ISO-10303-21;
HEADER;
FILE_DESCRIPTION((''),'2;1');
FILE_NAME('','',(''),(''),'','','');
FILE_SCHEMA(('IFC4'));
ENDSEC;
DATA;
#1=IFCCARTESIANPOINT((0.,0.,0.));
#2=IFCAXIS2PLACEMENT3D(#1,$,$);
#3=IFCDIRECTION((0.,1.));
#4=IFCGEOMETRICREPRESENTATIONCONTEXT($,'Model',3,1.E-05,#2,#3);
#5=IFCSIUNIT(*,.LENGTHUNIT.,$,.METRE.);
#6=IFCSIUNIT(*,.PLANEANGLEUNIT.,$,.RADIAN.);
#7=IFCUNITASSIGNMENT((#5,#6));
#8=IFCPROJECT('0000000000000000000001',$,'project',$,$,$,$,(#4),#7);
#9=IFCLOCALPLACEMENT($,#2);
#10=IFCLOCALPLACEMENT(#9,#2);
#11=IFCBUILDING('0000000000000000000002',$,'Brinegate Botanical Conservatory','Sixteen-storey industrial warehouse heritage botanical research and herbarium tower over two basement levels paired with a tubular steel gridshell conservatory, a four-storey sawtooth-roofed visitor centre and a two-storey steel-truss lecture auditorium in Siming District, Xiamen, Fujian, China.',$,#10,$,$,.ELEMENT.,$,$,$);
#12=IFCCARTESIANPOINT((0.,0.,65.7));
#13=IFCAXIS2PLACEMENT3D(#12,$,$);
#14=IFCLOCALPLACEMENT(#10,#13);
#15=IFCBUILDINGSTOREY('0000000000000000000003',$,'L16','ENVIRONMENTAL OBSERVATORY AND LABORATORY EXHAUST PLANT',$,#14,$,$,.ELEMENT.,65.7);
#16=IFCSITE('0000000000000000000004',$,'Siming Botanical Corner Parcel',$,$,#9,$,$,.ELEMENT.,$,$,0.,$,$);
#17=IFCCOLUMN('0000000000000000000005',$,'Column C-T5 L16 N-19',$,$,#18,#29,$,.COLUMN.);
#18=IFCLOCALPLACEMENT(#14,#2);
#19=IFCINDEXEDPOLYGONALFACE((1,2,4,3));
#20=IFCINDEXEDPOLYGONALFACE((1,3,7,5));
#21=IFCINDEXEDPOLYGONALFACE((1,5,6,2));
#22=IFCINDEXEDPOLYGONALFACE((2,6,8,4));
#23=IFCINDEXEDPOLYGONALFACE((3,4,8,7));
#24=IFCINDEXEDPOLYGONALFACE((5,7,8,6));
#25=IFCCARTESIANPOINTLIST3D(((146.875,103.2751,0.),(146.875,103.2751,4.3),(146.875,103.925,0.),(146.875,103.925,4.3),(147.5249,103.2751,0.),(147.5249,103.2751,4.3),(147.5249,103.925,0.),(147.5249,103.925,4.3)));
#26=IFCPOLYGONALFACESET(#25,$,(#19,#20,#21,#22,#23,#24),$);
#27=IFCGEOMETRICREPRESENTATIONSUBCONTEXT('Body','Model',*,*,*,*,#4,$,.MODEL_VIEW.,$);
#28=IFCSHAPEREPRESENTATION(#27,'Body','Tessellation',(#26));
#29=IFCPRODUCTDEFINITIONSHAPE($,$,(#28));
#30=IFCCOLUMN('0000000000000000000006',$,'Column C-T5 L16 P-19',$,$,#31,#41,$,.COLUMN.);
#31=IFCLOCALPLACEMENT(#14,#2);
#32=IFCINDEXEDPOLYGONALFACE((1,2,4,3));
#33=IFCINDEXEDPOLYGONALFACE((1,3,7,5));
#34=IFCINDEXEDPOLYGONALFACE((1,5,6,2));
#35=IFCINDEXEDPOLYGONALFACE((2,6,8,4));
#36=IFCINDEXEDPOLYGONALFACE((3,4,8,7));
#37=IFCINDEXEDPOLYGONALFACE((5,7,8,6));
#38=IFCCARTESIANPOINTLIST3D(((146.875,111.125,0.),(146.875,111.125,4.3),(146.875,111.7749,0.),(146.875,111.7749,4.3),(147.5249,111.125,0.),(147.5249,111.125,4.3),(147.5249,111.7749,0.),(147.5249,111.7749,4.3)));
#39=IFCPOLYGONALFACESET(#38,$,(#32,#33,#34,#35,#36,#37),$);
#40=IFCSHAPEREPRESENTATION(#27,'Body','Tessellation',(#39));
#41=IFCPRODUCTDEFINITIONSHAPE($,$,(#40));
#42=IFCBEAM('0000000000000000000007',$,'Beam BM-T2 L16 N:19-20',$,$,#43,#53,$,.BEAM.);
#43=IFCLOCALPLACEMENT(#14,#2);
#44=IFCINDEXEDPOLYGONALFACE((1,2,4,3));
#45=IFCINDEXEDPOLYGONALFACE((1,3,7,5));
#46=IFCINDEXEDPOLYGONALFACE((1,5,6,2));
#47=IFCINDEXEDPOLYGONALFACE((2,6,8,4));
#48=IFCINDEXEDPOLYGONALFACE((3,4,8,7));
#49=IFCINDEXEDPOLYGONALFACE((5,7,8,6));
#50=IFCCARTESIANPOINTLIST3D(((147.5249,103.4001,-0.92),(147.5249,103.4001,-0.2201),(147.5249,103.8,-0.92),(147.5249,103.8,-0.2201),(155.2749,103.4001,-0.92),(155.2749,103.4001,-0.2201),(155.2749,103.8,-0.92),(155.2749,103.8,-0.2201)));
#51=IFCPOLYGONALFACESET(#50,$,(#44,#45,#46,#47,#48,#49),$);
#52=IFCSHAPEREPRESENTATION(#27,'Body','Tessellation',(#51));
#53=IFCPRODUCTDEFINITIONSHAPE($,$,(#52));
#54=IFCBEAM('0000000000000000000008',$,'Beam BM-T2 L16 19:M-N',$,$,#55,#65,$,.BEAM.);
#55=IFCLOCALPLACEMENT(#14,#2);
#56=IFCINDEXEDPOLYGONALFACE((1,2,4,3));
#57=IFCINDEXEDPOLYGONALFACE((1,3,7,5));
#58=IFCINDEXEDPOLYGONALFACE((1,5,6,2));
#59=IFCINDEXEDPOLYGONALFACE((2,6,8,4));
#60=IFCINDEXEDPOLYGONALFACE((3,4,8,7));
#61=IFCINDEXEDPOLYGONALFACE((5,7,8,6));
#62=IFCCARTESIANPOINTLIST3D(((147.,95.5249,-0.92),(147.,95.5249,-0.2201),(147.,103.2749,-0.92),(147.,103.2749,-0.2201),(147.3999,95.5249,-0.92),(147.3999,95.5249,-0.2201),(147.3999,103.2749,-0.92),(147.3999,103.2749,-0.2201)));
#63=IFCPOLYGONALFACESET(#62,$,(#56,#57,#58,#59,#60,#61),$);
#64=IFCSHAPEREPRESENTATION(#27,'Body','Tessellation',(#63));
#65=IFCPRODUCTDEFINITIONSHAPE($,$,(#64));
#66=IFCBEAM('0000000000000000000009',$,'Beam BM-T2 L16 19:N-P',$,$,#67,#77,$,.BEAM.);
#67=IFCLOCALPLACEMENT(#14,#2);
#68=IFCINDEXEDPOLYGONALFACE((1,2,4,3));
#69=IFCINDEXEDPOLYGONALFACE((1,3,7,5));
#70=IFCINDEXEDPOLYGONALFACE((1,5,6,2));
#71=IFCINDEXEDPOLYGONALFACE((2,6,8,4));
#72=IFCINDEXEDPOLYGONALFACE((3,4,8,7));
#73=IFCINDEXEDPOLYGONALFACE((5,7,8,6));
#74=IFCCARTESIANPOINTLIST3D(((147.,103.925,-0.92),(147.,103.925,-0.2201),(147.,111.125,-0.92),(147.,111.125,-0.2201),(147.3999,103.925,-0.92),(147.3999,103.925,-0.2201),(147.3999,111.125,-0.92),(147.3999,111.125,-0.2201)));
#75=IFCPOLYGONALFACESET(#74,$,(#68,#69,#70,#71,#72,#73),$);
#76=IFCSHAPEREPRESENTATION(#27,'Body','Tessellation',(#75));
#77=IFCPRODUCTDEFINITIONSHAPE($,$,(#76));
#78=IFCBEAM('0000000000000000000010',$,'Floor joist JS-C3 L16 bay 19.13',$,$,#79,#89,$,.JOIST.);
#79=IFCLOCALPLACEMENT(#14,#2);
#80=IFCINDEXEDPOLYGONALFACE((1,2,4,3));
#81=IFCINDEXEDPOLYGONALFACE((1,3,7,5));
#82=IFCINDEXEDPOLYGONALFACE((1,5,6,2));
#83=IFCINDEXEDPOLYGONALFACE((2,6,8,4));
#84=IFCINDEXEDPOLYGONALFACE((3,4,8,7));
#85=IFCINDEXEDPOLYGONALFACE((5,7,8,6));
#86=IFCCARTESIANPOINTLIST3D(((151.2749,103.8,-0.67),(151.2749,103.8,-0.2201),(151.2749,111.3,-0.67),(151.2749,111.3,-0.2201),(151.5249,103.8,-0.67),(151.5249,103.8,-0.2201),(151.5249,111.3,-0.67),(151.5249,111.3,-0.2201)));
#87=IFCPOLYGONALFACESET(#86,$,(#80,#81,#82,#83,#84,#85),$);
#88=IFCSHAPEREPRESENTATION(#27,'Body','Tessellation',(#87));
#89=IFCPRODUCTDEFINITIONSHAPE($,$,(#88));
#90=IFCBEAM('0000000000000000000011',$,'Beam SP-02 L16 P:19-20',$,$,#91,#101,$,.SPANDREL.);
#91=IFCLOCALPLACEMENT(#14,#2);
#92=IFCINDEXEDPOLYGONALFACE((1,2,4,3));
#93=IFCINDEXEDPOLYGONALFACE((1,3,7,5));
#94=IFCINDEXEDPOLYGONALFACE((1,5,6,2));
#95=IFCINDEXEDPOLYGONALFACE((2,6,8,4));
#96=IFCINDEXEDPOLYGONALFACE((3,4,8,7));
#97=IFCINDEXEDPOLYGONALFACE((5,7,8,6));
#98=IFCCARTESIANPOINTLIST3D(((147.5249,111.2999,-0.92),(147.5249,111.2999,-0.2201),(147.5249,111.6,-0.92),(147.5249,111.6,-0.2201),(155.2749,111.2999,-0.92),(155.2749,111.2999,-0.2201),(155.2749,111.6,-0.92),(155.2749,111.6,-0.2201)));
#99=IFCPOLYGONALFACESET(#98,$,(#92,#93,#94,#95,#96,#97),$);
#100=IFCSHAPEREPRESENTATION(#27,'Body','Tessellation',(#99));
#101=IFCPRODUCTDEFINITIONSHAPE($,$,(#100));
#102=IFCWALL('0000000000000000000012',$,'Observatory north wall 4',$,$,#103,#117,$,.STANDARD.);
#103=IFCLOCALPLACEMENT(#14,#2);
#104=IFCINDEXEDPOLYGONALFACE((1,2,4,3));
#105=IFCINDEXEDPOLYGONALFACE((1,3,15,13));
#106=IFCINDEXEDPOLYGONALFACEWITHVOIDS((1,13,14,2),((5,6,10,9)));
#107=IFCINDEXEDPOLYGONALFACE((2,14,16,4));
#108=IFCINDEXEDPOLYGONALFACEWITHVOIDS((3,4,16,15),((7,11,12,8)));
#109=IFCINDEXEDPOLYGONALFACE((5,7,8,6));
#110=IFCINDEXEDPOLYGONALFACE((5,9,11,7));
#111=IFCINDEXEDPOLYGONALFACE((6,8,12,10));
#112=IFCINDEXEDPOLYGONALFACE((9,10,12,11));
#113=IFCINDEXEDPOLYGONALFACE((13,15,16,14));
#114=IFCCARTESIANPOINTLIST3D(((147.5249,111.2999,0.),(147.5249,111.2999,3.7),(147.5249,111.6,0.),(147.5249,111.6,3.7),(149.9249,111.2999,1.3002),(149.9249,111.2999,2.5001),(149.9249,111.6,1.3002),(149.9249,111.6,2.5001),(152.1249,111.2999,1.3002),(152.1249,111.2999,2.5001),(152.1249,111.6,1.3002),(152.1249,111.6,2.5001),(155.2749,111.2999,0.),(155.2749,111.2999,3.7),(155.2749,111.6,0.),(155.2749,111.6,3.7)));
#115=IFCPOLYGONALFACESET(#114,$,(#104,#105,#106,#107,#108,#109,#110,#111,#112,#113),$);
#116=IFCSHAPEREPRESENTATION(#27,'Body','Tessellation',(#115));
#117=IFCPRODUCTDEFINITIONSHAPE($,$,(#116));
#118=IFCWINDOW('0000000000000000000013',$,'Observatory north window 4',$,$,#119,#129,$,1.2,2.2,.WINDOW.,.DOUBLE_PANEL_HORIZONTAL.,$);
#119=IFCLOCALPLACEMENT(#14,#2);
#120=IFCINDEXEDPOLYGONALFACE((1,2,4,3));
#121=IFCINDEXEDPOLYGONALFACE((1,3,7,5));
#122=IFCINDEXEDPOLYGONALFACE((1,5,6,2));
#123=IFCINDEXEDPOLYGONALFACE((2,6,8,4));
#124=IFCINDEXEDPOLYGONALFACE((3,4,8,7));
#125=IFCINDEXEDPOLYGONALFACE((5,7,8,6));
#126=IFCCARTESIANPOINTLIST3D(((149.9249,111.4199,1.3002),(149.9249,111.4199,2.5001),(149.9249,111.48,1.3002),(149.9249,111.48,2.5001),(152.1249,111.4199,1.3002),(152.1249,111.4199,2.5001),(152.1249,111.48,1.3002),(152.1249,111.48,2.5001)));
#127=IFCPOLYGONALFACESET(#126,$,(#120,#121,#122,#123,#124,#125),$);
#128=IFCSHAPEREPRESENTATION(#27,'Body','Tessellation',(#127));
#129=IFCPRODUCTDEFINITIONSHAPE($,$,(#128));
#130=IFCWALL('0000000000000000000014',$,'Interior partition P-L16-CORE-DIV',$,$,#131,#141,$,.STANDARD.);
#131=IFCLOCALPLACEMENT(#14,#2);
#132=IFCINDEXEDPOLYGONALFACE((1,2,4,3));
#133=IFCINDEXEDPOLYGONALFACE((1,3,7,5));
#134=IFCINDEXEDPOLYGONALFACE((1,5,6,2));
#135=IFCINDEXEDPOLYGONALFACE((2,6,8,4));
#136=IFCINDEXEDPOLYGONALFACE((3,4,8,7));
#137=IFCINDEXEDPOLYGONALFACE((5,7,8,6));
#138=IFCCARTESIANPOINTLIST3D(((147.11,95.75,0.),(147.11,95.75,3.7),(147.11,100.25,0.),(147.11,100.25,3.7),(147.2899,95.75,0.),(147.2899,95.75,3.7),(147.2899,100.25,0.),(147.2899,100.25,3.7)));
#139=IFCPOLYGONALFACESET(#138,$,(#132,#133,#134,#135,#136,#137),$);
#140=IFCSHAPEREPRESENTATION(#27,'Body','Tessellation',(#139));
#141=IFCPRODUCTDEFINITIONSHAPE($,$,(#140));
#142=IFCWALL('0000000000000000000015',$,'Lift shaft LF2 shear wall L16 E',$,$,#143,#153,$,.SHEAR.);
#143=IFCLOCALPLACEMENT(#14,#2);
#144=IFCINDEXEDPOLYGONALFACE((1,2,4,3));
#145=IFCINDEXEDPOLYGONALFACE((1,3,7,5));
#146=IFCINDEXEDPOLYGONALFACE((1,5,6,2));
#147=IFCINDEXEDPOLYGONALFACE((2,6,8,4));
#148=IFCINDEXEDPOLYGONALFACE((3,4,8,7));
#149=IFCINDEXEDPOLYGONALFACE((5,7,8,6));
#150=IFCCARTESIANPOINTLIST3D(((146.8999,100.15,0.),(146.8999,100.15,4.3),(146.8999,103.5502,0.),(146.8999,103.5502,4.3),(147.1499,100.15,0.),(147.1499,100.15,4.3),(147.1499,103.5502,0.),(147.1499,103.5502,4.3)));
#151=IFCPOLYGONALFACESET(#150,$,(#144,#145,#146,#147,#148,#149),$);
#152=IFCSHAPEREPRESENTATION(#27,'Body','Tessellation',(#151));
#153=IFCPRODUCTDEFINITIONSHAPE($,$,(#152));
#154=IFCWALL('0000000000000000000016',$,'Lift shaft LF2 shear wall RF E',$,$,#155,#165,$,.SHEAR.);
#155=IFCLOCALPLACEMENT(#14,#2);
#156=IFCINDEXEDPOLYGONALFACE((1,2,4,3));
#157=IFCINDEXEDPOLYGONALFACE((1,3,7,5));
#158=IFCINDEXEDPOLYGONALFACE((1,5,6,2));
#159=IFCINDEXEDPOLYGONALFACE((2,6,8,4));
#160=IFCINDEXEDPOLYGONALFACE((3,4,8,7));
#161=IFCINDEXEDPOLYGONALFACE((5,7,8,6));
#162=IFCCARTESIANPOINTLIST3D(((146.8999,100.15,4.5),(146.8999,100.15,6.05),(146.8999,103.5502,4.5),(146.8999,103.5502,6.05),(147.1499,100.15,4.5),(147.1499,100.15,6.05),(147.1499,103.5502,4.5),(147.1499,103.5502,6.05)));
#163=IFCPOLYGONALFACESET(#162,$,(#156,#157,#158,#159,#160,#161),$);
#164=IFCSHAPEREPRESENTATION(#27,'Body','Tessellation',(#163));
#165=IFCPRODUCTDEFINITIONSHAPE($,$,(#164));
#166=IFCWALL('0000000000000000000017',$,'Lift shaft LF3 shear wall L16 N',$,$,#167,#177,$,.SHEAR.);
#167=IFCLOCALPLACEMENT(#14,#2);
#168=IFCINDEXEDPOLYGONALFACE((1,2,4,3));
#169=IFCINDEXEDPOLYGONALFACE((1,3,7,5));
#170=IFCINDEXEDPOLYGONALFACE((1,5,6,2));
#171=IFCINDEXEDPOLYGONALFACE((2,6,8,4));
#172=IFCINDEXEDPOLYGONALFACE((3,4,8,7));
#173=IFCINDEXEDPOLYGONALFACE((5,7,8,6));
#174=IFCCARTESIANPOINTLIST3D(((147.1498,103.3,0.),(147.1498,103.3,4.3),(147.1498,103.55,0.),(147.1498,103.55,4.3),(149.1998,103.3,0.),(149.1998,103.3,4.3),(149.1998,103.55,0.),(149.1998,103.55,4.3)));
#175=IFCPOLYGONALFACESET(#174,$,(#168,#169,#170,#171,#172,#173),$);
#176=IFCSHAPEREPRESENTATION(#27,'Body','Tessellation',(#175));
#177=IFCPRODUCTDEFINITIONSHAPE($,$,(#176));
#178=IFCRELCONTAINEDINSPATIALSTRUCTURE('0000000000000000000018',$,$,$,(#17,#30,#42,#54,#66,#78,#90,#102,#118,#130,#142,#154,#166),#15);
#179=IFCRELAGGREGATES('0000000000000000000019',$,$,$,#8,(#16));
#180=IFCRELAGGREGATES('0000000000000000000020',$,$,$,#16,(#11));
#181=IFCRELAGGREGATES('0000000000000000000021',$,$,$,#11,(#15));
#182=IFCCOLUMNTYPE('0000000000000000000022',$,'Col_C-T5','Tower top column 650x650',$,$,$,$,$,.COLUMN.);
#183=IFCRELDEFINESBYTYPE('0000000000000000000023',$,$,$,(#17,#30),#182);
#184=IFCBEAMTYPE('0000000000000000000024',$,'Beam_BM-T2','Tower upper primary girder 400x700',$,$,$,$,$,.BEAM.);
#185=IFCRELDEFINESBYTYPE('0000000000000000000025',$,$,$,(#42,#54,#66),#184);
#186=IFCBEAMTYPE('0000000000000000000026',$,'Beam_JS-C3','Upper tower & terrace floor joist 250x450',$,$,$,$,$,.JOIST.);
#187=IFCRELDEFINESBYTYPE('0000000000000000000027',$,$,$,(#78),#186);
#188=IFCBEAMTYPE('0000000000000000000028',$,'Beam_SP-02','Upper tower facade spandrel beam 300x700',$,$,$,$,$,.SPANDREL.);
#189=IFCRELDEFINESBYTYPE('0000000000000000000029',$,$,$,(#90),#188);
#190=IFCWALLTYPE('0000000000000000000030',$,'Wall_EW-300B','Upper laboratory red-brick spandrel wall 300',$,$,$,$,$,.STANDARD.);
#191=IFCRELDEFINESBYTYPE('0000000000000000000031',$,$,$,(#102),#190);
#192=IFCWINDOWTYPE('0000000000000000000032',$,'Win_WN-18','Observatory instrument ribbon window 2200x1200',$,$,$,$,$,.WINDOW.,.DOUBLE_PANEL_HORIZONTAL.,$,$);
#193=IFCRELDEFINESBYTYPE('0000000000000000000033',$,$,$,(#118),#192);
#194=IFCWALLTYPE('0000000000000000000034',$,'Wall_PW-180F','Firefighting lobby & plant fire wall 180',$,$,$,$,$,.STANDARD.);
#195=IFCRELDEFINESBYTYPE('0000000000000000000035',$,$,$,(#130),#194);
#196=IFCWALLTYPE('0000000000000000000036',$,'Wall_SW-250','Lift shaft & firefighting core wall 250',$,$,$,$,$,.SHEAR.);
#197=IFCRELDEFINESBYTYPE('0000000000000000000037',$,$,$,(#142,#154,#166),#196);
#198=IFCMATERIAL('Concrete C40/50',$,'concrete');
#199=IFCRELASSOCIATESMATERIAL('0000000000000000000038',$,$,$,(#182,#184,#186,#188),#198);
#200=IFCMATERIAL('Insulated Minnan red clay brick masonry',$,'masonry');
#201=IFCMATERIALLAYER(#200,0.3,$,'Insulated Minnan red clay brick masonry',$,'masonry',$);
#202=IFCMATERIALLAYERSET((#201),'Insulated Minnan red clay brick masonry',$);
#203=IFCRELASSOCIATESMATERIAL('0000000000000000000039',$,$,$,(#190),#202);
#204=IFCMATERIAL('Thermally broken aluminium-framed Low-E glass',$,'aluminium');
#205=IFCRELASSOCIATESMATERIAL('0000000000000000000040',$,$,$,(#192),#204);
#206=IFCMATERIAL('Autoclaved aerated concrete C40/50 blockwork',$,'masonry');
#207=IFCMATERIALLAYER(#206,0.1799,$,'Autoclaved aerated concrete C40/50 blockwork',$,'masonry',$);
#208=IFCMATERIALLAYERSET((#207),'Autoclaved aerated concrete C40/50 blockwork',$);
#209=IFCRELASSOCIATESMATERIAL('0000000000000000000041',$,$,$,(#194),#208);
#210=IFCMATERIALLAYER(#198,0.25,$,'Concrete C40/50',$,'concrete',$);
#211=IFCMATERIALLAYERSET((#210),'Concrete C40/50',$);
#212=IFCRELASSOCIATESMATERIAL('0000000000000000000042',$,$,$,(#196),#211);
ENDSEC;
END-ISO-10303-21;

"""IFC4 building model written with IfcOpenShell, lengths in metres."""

from ifc_helpers import new_model, si_unit, direction, frame, frame_2d, origin, origin_2d, place, context, subcontext, project, spatial, rectangle, extrude, material, layer, layer_set, material_profile, profile_set, type_object, element, fill, save


model = new_model("IFC4")

# Units and contexts
model_context = context("Model", 3, precision=1e-05, world=origin(), true_north=direction((0.0, 1.0)))
body_context = subcontext(model_context, "Body", "Model", "MODEL_VIEW")
ifc_project = project(units=[si_unit("LENGTHUNIT", "METRE"), si_unit("PLANEANGLEUNIT", "RADIAN")], contexts=[model_context])

# Site, building, storey
site_placement = place(None, origin())
site = spatial("IfcSite", under=ifc_project, at=site_placement, Name="Siming Botanical Corner Parcel", CompositionType="ELEMENT", RefElevation=0.0)
building_placement = place(site_placement, origin())
building = spatial("IfcBuilding", under=site, at=building_placement, Name="Brinegate Botanical Conservatory", Description="Sixteen-storey industrial warehouse heritage botanical research and herbarium tower over two basement levels paired with a tubular steel gridshell conservatory, a four-storey sawtooth-roofed visitor centre and a two-storey steel-truss lecture auditorium in Siming District, Xiamen, Fujian, China.", CompositionType="ELEMENT")
storey_placement = place(building_placement, frame((0.0, 0.0, 65.7)))
storey = spatial("IfcBuildingStorey", under=building, at=storey_placement, Name="L16", Description="ENVIRONMENTAL OBSERVATORY AND LABORATORY EXHAUST PLANT", CompositionType="ELEMENT", Elevation=65.7)

# Columns
ifc_material_1 = material(Name="Concrete C40/50", Category="concrete")
ifc_material_profile_1 = material_profile(ifc_material_1, rectangle(XDim=0.6499, YDim=0.6499, at=origin_2d()), Name="RC COL 650x650")
ifc_profile_set_1 = profile_set([ifc_material_profile_1], Name="Concrete C40/50")
column_type = type_object("IfcColumnType", Name="Col_C-T5", Description="Tower top column 650x650", PredefinedType="COLUMN", material=ifc_profile_set_1)
for number, where, z_axis, x_axis, name in (
    (1, (147.2, 103.6001, 0.0), (0.0, 0.0, 1.0), (1.0, 0.0, 0.0), "Column C-T5 L16 N-19"),
    (2, (147.2, 111.45, 0.0), (0.0, 0.0, 1.0), (1.0, 0.0, 0.0), "Column C-T5 L16 P-19"),
):
    element("IfcColumn", number, at=place(storey_placement, frame(where, z_axis=z_axis, x_axis=x_axis)), inside=storey, type_object=column_type, Name=name, PredefinedType="COLUMN", context=body_context, shape_type="SweptSolid", body=[
        extrude(rectangle(XDim=0.6499, YDim=0.6499, at=origin_2d()), origin(), (0.0, 0.0, 1.0), 4.3),
    ])

# Beams
ifc_material_profile_2 = material_profile(ifc_material_1, rectangle(XDim=0.3999, YDim=0.7, at=origin_2d()), Name="RC BM 400x700")
ifc_profile_set_2 = profile_set([ifc_material_profile_2], Name="Concrete C40/50")
beam_type_1 = type_object("IfcBeamType", Name="Beam_BM-T2", Description="Tower upper primary girder 400x700", PredefinedType="BEAM", material=ifc_profile_set_2)
for number, where, z_axis, x_axis, name in (
    (3, (147.5249, 103.6001, -0.5701), (1.0, 0.0, 0.0), (0.0, 1.0, 0.0), "Beam BM-T2 L16 N:19-20"),
    (4, (147.2, 95.5249, -0.5701), (0.0, 1.0, 0.0), (-1.0, 0.0, 0.0), "Beam BM-T2 L16 19:M-N"),
):
    element("IfcBeam", number, at=place(storey_placement, frame(where, z_axis=z_axis, x_axis=x_axis)), inside=storey, type_object=beam_type_1, Name=name, PredefinedType="BEAM", context=body_context, shape_type="SweptSolid", body=[
        extrude(rectangle(XDim=0.3999, YDim=0.7, at=origin_2d()), origin(), (0.0, 0.0, 1.0), 7.75),
    ])
beam_1_placement = place(storey_placement, frame((147.2, 103.925, -0.5701), z_axis=(0.0, 1.0, 0.0), x_axis=(-1.0, 0.0, 0.0)))
element("IfcBeam", 5, at=beam_1_placement, inside=storey, type_object=beam_type_1, Name="Beam BM-T2 L16 19:N-P", PredefinedType="BEAM", context=body_context, shape_type="SweptSolid", body=[
    extrude(rectangle(XDim=0.3999, YDim=0.7, at=origin_2d()), origin(), (0.0, 0.0, 1.0), 7.2),
])
ifc_material_profile_3 = material_profile(ifc_material_1, rectangle(XDim=0.25, YDim=0.45, at=origin_2d()), Name="RC JST 250x450")
ifc_profile_set_3 = profile_set([ifc_material_profile_3], Name="Concrete C40/50")
beam_type_2 = type_object("IfcBeamType", Name="Beam_JS-C3", Description="Upper tower & terrace floor joist 250x450", PredefinedType="JOIST", material=ifc_profile_set_3)
beam_2_placement = place(storey_placement, frame((151.3999, 103.8, -0.4451), z_axis=(0.0, 1.0, 0.0), x_axis=(-1.0, 0.0, 0.0)))
element("IfcBeam", 6, at=beam_2_placement, inside=storey, type_object=beam_type_2, Name="Floor joist JS-C3 L16 bay 19.13", PredefinedType="JOIST", context=body_context, shape_type="SweptSolid", body=[
    extrude(rectangle(XDim=0.25, YDim=0.45, at=origin_2d()), origin(), (0.0, 0.0, 1.0), 7.5),
])
ifc_material_profile_4 = material_profile(ifc_material_1, rectangle(XDim=0.3, YDim=0.7, at=origin_2d()), Name="RC SPN 300x700")
ifc_profile_set_4 = profile_set([ifc_material_profile_4], Name="Concrete C40/50")
beam_type_3 = type_object("IfcBeamType", Name="Beam_SP-02", Description="Upper tower facade spandrel beam 300x700", PredefinedType="SPANDREL", material=ifc_profile_set_4)
beam_3_placement = place(storey_placement, frame((147.5249, 111.45, -0.5701), z_axis=(1.0, 0.0, 0.0), x_axis=(0.0, 1.0, 0.0)))
element("IfcBeam", 7, at=beam_3_placement, inside=storey, type_object=beam_type_3, Name="Beam SP-02 L16 P:19-20", PredefinedType="SPANDREL", context=body_context, shape_type="SweptSolid", body=[
    extrude(rectangle(XDim=0.3, YDim=0.7, at=origin_2d()), origin(), (0.0, 0.0, 1.0), 7.75),
])

# Wall, opening, window
ifc_material_2 = material(Name="Insulated Minnan red clay brick masonry", Category="masonry")
ifc_layer_1 = layer(ifc_material_2, 0.3, Name="Insulated Minnan red clay brick masonry", Category="masonry")
ifc_layer_set_1 = layer_set([ifc_layer_1], Name="Insulated Minnan red clay brick masonry")
wall_type_1 = type_object("IfcWallType", Name="Wall_EW-300B", Description="Upper laboratory red-brick spandrel wall 300", PredefinedType="STANDARD", material=ifc_layer_set_1)
wall_1_placement = place(storey_placement, frame((147.5249, 111.45, 0.0), z_axis=(0.0, 0.0, 1.0), x_axis=(1.0, 0.0, 0.0)))
wall_1 = element("IfcWall", 8, at=wall_1_placement, inside=storey, type_object=wall_type_1, Name="Observatory north wall 4", PredefinedType="STANDARD", context=body_context, shape_type="SweptSolid", body=[
    extrude(rectangle(XDim=7.75, YDim=0.3, at=frame_2d((3.875, 0.0))), origin(), (0.0, 0.0, 1.0), 3.7),
])
opening_1_placement = place(wall_1_placement, frame((2.3999, 0.0, 1.3)))
opening_1 = element("IfcOpeningElement", 9, at=opening_1_placement, cuts=wall_1, PredefinedType="OPENING", context=body_context, shape_type="SweptSolid", body=[
    extrude(rectangle(XDim=2.2, YDim=1.2, at=frame_2d((1.1001, 0.6001))), frame((0.0, 0.1599, 0.0), z_axis=(0.0, -1.0, 0.0), x_axis=(1.0, 0.0, 0.0)), (0.0, 0.0, 1.0), 0.3201),
])
ifc_material_3 = material(Name="Thermally broken aluminium-framed Low-E glass", Category="aluminium")
window_type = type_object("IfcWindowType", Name="Win_WN-18", Description="Observatory instrument ribbon window 2200x1200", PartitioningType="DOUBLE_PANEL_HORIZONTAL", PredefinedType="WINDOW", material=ifc_material_3)
window_placement = place(opening_1_placement, origin())
window = element("IfcWindow", 10, at=window_placement, inside=storey, type_object=window_type, Name="Observatory north window 4", OverallHeight=1.2, OverallWidth=2.2, PartitioningType="DOUBLE_PANEL_HORIZONTAL", PredefinedType="WINDOW", context=body_context, shape_type="SweptSolid", body=[
    extrude(rectangle(XDim=2.2, YDim=1.2, at=frame_2d((1.1001, 0.6001))), frame((0.0, 0.03, 0.0), z_axis=(0.0, -1.0, 0.0), x_axis=(1.0, 0.0, 0.0)), (0.0, 0.0, 1.0), 0.0601),
])
fill(opening_1, window)

# Walls
ifc_material_4 = material(Name="Autoclaved aerated concrete C40/50 blockwork", Category="masonry")
ifc_layer_2 = layer(ifc_material_4, 0.1799, Name="Autoclaved aerated concrete C40/50 blockwork", Category="masonry")
ifc_layer_set_2 = layer_set([ifc_layer_2], Name="Autoclaved aerated concrete C40/50 blockwork")
wall_type_2 = type_object("IfcWallType", Name="Wall_PW-180F", Description="Firefighting lobby & plant fire wall 180", PredefinedType="STANDARD", material=ifc_layer_set_2)
wall_2_placement = place(storey_placement, frame((147.2, 95.75, 0.0), z_axis=(0.0, 0.0, 1.0), x_axis=(0.0, 1.0, 0.0)))
element("IfcWall", 11, at=wall_2_placement, inside=storey, type_object=wall_type_2, Name="Interior partition P-L16-CORE-DIV", PredefinedType="STANDARD", context=body_context, shape_type="SweptSolid", body=[
    extrude(rectangle(XDim=4.5, YDim=0.1799, at=frame_2d((2.25, 0.0))), origin(), (0.0, 0.0, 1.0), 3.7),
])
ifc_layer_3 = layer(ifc_material_1, 0.25, Name="Concrete C40/50", Category="concrete")
ifc_layer_set_3 = layer_set([ifc_layer_3], Name="Concrete C40/50")
wall_type_3 = type_object("IfcWallType", Name="Wall_SW-250", Description="Lift shaft & firefighting core wall 250", PredefinedType="SHEAR", material=ifc_layer_set_3)
wall_3_placement = place(storey_placement, frame((147.0249, 100.1499, 0.0), z_axis=(0.0, 0.0, 1.0), x_axis=(0.0, 1.0, 0.0)))
element("IfcWall", 12, at=wall_3_placement, inside=storey, type_object=wall_type_3, Name="Lift shaft LF2 shear wall L16 E", PredefinedType="SHEAR", context=body_context, shape_type="SweptSolid", body=[
    extrude(rectangle(XDim=3.4001, YDim=0.25, at=frame_2d((1.7002, 0.0))), origin(), (0.0, 0.0, 1.0), 4.3),
])
wall_4_placement = place(storey_placement, frame((147.0249, 100.1499, 4.5), z_axis=(0.0, 0.0, 1.0), x_axis=(0.0, 1.0, 0.0)))
element("IfcWall", 13, at=wall_4_placement, inside=storey, type_object=wall_type_3, Name="Lift shaft LF2 shear wall RF E", PredefinedType="SHEAR", context=body_context, shape_type="SweptSolid", body=[
    extrude(rectangle(XDim=3.4001, YDim=0.25, at=frame_2d((1.7002, 0.0))), origin(), (0.0, 0.0, 1.0), 1.55),
])

# Wall
wall_5_placement = place(storey_placement, frame((147.1499, 103.425, 0.0), z_axis=(0.0, 0.0, 1.0), x_axis=(1.0, 0.0, 0.0)))
element("IfcWall", 14, at=wall_5_placement, inside=storey, type_object=wall_type_3, Name="Lift shaft LF3 shear wall L16 N", PredefinedType="SHEAR", context=body_context, shape_type="SweptSolid", body=[
    extrude(rectangle(XDim=2.05, YDim=0.25, at=frame_2d((1.0249, 0.0))), origin(), (0.0, 0.0, 1.0), 4.3),
])

save(model, "model.ifc")
